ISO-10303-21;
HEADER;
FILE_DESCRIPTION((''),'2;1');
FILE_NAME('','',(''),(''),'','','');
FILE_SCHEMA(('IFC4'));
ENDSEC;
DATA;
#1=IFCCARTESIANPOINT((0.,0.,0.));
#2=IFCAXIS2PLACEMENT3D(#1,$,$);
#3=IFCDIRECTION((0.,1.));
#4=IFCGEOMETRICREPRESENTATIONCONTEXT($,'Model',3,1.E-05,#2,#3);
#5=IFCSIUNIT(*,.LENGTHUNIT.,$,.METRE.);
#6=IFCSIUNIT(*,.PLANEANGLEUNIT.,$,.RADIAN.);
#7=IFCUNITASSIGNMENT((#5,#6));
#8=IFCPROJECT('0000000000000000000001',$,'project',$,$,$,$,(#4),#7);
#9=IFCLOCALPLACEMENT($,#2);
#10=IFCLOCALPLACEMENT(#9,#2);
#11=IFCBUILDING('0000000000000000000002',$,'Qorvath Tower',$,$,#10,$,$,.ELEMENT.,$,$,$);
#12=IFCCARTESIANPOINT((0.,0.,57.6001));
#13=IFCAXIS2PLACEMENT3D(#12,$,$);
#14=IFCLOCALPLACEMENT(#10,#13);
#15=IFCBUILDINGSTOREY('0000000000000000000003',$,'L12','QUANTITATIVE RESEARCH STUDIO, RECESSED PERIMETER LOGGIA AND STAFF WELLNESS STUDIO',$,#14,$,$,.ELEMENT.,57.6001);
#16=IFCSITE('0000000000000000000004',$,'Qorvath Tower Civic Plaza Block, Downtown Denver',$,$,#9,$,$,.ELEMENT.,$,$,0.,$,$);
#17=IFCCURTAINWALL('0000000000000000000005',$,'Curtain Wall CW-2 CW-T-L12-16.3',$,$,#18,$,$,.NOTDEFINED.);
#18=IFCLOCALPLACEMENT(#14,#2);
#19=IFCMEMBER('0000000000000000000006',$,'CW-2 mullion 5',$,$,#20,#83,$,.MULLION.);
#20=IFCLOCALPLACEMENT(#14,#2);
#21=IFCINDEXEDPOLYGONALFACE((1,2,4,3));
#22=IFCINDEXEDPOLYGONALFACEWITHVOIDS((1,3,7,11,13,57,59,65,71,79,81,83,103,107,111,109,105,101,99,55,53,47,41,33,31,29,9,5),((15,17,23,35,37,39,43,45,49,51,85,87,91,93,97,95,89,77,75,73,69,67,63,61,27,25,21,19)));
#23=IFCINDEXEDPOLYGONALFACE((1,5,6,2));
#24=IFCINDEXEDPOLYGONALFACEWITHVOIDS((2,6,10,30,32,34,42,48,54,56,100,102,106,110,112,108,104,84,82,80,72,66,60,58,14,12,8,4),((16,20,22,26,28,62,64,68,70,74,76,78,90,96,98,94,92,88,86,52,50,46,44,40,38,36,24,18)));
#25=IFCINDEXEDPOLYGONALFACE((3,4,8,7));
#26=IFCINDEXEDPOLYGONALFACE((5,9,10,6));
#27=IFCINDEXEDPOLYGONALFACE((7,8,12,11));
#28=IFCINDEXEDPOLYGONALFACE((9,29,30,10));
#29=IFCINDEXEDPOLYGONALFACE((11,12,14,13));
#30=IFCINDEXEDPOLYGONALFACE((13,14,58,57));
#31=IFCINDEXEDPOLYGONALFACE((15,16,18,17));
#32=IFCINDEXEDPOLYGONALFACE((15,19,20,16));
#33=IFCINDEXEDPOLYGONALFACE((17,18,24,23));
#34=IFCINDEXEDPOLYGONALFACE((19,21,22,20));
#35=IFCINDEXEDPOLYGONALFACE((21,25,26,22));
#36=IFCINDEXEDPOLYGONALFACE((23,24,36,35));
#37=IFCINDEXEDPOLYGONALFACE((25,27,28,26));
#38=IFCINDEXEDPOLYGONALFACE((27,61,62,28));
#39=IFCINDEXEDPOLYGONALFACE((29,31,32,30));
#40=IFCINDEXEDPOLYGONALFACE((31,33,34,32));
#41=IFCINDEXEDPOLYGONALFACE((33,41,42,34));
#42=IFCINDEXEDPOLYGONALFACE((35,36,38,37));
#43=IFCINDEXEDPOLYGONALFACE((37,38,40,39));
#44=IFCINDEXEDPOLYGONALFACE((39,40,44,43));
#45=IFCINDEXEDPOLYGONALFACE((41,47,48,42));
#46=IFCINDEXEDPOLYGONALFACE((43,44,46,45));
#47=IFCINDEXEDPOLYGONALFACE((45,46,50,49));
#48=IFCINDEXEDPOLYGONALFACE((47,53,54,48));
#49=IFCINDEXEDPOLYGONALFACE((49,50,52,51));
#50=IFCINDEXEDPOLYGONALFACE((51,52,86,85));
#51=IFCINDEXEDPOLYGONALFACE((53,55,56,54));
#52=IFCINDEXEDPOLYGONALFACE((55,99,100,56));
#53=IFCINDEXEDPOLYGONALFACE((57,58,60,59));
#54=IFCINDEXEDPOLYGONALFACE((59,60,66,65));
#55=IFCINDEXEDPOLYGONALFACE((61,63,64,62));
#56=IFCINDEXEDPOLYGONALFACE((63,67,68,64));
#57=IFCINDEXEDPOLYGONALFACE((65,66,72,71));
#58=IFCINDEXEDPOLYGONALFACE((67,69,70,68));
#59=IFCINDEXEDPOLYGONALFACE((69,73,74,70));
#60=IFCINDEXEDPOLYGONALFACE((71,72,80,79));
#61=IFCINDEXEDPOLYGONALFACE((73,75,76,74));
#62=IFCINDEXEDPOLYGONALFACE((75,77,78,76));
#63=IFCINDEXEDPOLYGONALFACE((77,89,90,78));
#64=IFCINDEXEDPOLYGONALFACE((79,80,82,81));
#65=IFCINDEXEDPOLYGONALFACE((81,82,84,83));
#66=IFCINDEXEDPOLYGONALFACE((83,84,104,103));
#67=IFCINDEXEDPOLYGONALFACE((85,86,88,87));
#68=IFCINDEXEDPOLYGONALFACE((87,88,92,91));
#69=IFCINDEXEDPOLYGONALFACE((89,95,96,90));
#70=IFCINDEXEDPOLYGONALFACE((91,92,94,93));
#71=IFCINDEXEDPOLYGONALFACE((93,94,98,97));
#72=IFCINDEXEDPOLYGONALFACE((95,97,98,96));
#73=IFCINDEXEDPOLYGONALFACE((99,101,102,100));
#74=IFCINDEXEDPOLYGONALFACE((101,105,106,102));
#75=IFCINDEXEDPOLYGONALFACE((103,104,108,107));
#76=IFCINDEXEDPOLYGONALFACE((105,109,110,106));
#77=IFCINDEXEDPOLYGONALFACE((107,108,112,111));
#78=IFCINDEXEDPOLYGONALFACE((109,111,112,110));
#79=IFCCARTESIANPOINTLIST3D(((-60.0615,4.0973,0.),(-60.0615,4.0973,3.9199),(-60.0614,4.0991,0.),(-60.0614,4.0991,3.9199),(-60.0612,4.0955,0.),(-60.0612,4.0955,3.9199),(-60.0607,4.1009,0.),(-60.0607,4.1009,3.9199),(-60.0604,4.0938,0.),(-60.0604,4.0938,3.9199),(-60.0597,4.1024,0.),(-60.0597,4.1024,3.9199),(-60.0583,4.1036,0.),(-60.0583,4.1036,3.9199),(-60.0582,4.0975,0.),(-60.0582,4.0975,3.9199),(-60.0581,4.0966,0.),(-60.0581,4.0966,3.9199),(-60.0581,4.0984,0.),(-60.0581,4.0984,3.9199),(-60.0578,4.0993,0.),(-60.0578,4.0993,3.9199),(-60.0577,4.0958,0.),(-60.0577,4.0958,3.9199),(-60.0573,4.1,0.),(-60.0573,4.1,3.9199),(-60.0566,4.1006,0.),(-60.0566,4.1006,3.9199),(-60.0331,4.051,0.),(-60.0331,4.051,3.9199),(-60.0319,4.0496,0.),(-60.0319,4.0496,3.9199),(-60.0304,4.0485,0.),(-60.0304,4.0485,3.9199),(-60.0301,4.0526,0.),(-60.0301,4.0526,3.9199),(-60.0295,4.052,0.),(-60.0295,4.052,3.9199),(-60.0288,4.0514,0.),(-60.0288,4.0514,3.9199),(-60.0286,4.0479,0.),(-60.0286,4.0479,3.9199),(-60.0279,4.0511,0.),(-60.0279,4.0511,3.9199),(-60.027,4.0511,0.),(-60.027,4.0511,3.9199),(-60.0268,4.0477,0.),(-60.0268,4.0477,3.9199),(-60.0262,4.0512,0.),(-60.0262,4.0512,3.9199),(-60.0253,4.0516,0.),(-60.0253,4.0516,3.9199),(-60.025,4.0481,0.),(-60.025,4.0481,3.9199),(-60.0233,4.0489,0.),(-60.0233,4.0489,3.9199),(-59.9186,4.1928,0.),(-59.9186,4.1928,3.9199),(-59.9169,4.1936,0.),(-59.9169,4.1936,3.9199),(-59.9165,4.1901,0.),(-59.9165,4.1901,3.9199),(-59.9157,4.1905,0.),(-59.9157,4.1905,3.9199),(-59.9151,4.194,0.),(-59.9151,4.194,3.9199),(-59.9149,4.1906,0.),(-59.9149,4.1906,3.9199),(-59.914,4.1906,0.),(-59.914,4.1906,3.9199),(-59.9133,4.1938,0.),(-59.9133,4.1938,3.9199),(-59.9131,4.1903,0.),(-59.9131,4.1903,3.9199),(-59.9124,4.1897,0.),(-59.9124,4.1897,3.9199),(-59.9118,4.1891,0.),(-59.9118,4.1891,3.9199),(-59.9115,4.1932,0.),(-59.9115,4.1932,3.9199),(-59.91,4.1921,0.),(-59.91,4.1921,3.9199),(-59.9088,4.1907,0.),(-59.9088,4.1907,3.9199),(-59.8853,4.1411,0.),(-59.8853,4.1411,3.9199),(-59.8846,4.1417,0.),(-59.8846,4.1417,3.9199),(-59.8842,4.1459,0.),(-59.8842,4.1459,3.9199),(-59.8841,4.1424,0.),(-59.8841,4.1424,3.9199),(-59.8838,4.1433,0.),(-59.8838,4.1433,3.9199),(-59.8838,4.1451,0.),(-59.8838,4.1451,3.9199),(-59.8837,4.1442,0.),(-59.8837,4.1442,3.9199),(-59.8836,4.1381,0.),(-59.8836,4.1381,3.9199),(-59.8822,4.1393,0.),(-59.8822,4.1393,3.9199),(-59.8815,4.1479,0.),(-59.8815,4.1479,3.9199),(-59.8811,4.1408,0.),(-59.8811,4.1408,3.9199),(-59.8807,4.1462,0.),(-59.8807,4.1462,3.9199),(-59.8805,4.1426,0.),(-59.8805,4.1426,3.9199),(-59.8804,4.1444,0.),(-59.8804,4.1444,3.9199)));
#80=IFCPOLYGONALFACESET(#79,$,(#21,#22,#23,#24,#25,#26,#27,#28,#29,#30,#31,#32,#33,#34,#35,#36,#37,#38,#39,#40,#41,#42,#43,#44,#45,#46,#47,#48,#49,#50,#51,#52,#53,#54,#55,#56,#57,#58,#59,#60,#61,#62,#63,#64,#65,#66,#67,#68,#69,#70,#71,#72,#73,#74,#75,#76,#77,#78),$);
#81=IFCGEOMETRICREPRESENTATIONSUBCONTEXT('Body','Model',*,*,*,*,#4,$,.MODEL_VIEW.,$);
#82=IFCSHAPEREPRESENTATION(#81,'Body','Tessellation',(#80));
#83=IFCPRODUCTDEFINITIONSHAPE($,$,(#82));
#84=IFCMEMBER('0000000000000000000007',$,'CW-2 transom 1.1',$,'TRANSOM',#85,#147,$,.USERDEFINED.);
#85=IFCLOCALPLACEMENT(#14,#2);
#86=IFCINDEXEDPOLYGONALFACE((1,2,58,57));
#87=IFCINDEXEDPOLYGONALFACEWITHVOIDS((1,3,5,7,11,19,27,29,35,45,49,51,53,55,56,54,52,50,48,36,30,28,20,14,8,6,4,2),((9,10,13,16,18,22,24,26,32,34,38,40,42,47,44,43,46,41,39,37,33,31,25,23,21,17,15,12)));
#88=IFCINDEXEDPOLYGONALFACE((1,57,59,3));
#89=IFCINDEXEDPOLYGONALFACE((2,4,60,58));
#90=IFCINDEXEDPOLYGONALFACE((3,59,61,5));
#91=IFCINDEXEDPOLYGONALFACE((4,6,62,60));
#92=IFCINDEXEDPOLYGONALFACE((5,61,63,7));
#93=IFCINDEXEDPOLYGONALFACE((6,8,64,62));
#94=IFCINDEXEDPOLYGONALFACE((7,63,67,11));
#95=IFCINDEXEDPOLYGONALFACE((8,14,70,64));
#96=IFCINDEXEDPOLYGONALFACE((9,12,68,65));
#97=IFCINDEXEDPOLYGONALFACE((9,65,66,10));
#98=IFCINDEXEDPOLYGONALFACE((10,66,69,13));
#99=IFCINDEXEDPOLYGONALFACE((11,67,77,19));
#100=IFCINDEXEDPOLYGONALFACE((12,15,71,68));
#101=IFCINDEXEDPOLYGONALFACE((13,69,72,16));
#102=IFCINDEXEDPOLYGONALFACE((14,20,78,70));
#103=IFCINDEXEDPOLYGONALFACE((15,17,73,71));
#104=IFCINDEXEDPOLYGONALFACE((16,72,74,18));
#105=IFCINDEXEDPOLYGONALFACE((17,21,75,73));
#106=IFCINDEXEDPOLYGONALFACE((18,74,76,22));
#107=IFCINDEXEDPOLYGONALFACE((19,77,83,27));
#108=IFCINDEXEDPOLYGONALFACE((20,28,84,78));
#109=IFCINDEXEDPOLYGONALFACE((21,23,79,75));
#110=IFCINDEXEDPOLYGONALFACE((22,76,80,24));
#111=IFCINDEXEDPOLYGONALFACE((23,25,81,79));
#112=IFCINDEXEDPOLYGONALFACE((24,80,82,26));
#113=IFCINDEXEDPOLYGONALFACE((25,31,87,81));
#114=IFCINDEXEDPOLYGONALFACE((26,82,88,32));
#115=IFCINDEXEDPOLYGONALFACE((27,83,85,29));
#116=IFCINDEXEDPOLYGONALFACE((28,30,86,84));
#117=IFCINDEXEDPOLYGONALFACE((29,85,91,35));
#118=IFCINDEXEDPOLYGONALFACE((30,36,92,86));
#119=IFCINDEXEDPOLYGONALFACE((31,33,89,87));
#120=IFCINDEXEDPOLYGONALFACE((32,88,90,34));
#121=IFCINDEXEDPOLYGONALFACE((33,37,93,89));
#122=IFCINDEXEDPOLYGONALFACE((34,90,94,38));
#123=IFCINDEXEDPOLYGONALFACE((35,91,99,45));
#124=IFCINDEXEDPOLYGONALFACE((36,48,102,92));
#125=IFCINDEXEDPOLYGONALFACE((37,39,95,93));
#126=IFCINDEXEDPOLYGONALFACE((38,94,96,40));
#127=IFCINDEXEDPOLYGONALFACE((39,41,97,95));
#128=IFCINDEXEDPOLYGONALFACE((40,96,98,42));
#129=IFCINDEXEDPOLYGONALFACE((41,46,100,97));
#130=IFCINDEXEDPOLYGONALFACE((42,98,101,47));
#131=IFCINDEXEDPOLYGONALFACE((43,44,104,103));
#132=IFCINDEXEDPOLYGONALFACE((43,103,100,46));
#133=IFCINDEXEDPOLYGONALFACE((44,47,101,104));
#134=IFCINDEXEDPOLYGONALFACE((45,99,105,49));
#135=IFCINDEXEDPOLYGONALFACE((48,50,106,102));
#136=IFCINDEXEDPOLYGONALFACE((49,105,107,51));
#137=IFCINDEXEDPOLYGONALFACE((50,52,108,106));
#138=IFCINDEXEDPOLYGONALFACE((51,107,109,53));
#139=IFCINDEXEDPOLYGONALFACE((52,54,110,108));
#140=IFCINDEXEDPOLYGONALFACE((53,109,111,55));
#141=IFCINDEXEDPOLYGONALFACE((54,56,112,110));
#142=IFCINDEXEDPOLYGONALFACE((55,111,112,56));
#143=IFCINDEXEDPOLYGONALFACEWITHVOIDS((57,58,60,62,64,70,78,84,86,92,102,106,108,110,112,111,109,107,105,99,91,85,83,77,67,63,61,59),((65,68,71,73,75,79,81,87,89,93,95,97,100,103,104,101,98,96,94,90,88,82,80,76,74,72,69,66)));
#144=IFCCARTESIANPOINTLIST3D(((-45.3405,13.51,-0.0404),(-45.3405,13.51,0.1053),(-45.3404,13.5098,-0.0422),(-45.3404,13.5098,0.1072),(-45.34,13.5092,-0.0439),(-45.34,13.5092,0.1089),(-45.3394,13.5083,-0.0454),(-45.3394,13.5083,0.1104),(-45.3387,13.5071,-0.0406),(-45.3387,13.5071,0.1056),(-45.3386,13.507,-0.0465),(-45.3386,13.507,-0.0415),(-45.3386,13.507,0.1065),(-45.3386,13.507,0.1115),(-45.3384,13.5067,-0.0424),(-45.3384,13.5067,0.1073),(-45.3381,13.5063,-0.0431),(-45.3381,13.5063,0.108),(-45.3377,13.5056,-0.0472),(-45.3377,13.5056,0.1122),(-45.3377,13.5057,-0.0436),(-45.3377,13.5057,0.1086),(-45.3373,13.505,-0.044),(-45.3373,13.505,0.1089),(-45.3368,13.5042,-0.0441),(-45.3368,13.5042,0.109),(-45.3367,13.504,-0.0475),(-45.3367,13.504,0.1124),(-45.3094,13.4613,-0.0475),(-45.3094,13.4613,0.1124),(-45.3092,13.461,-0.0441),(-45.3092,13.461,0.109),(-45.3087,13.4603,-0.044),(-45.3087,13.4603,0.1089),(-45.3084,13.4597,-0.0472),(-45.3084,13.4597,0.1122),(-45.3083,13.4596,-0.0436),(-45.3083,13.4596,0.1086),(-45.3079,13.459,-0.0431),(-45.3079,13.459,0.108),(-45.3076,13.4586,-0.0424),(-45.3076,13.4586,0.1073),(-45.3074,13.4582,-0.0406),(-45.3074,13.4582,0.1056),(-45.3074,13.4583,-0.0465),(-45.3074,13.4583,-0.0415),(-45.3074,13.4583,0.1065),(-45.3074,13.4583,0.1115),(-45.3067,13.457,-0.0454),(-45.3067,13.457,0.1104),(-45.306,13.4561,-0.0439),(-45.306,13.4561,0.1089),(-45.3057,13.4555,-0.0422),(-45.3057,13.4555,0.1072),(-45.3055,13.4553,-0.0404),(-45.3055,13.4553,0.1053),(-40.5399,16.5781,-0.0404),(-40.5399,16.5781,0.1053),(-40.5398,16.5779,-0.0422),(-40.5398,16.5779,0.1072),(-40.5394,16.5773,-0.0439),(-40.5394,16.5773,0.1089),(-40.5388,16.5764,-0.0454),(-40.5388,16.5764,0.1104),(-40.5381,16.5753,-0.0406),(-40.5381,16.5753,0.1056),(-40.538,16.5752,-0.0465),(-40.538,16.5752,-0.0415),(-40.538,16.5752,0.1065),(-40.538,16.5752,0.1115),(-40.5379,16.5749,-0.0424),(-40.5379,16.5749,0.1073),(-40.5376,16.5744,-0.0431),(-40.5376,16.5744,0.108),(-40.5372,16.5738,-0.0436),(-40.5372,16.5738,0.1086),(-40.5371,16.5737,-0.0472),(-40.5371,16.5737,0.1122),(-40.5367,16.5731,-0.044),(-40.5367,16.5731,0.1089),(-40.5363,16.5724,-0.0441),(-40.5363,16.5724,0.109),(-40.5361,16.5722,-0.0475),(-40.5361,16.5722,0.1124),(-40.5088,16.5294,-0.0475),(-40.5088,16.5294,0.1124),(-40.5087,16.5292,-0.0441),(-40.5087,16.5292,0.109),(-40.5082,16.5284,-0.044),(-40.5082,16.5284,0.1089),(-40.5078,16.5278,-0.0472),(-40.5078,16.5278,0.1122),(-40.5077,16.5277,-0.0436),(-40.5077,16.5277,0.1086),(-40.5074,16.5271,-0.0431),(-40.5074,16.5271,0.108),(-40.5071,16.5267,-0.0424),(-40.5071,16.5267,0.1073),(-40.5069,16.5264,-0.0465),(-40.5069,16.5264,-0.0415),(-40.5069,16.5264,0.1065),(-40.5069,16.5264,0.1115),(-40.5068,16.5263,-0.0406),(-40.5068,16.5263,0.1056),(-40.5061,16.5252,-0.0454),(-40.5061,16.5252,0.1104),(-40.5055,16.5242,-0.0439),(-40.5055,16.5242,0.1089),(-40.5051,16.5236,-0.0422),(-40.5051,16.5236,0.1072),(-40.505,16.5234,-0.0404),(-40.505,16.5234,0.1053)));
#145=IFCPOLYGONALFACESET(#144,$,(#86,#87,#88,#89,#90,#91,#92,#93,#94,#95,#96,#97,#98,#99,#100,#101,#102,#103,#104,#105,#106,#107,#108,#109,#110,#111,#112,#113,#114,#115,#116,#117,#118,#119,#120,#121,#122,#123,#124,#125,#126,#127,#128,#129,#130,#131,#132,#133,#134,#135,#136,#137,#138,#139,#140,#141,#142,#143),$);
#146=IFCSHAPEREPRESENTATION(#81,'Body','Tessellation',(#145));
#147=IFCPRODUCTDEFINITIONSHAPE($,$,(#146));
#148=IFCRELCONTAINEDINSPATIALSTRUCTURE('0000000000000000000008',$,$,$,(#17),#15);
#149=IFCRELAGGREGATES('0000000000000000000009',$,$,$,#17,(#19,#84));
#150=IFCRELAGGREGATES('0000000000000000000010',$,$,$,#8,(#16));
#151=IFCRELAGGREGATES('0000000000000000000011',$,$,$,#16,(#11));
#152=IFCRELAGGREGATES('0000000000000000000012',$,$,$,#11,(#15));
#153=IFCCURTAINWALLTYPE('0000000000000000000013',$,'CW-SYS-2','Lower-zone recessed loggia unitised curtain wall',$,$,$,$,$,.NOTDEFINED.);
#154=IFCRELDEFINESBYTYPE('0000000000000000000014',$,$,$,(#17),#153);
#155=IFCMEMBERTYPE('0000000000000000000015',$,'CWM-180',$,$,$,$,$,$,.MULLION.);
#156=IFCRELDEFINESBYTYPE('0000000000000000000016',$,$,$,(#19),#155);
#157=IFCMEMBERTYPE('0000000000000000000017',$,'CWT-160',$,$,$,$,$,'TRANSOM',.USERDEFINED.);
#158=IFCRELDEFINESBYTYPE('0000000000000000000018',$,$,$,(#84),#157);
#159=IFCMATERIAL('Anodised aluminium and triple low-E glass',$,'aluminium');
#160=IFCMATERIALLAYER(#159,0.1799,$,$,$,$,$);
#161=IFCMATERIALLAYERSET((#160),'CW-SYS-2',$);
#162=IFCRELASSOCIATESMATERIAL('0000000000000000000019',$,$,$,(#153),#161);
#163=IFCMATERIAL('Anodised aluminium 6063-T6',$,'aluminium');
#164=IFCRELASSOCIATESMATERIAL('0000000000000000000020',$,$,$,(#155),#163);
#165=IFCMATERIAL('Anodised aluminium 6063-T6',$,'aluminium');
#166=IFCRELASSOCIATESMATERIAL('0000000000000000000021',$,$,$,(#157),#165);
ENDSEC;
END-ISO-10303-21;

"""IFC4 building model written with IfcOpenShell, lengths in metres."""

from ifc_helpers import new_model, si_unit, direction, frame, origin, origin_2d, place, context, subcontext, project, spatial, hollow_rectangle, extrude, material, layer, layer_set, material_profile, profile_set, type_object, element, aggregate, save


model = new_model("IFC4")

# Units and contexts
model_context = context("Model", 3, precision=1e-05, world=origin(), true_north=direction((0.0, 1.0)))
body_context = subcontext(model_context, "Body", "Model", "MODEL_VIEW")
ifc_project = project(units=[si_unit("LENGTHUNIT", "METRE"), si_unit("PLANEANGLEUNIT", "RADIAN")], contexts=[model_context])

# Site, building, storey
site_placement = place(None, origin())
site = spatial("IfcSite", under=ifc_project, at=site_placement, Name="Qorvath Tower Civic Plaza Block, Downtown Denver", CompositionType="ELEMENT", RefElevation=0.0)
building_placement = place(site_placement, origin())
building = spatial("IfcBuilding", under=site, at=building_placement, Name="Qorvath Tower", CompositionType="ELEMENT")
storey_placement = place(building_placement, frame((0.0, 0.0, 57.6001)))
storey = spatial("IfcBuildingStorey", under=building, at=storey_placement, Name="L12", Description="QUANTITATIVE RESEARCH STUDIO, RECESSED PERIMETER LOGGIA AND STAFF WELLNESS STUDIO", CompositionType="ELEMENT", Elevation=57.6001)

# Curtain wall, members
ifc_material_1 = material(Name="Anodised aluminium and triple low-E glass", Category="aluminium")
ifc_layer_1 = layer(ifc_material_1, 0.1799)
ifc_layer_set_1 = layer_set([ifc_layer_1], Name="CW-SYS-2")
curtain_wall_type = type_object("IfcCurtainWallType", Name="CW-SYS-2", Description="Lower-zone recessed loggia unitised curtain wall", PredefinedType="NOTDEFINED", material=ifc_layer_set_1)
curtain_wall_placement = place(storey_placement, origin())
curtain_wall = element("IfcCurtainWall", 1, at=curtain_wall_placement, inside=storey, type_object=curtain_wall_type, Name="Curtain Wall CW-2 CW-T-L12-16.3", PredefinedType="NOTDEFINED")
ifc_material_2 = material(Name="Anodised aluminium 6063-T6", Category="aluminium")
ifc_material_profile_1 = material_profile(ifc_material_2, hollow_rectangle(XDim=0.0649, YDim=0.1799, WallThickness=0.0034, InnerFilletRadius=0.0034, OuterFilletRadius=0.0071, at=origin_2d()), Name="CWM 180x65")
ifc_profile_set_1 = profile_set([ifc_material_profile_1], Name="Anodised aluminium 6063-T6")
member_type_1 = type_object("IfcMemberType", Name="CWM-180", PredefinedType="MULLION", material=ifc_profile_set_1)
member_1_placement = place(storey_placement, frame((-59.9709, 4.1208, 0.0), z_axis=(0.0, 0.0, 1.0), x_axis=(0.53853, -0.842607, 0.0)))
member_1 = element("IfcMember", 2, at=member_1_placement, type_object=member_type_1, Name="CW-2 mullion 5", PredefinedType="MULLION", context=body_context, shape_type="SweptSolid", body=[
    extrude(hollow_rectangle(XDim=0.0649, YDim=0.1799, WallThickness=0.0034, InnerFilletRadius=0.0034, OuterFilletRadius=0.0071, at=origin_2d()), origin(), (0.0, 0.0, 1.0), 3.9199),
])
ifc_material_3 = material(Name="Anodised aluminium 6063-T6", Category="aluminium")
ifc_material_profile_2 = material_profile(ifc_material_3, hollow_rectangle(XDim=0.0649, YDim=0.1599, WallThickness=0.0034, InnerFilletRadius=0.0034, OuterFilletRadius=0.0071, at=origin_2d()), Name="CWT 160x65")
ifc_profile_set_2 = profile_set([ifc_material_profile_2], Name="Anodised aluminium 6063-T6")
member_type_2 = type_object("IfcMemberType", Name="CWT-160", ElementType="TRANSOM", PredefinedType="USERDEFINED", material=ifc_profile_set_2)
member_2_placement = place(storey_placement, frame((-40.5225, 16.5508, 0.0325), z_axis=(-0.842608, -0.538527, 0.0), x_axis=(0.538527, -0.842608, 0.0)))
member_2 = element("IfcMember", 3, at=member_2_placement, type_object=member_type_2, Name="CW-2 transom 1.1", ObjectType="TRANSOM", PredefinedType="USERDEFINED", context=body_context, shape_type="SweptSolid", body=[
    extrude(hollow_rectangle(XDim=0.0649, YDim=0.1599, WallThickness=0.0034, InnerFilletRadius=0.0034, OuterFilletRadius=0.0071, at=origin_2d()), origin(), (0.0, 0.0, 1.0), 5.6973),
])
aggregate(curtain_wall, [member_1, member_2])

save(model, "model.ifc")
